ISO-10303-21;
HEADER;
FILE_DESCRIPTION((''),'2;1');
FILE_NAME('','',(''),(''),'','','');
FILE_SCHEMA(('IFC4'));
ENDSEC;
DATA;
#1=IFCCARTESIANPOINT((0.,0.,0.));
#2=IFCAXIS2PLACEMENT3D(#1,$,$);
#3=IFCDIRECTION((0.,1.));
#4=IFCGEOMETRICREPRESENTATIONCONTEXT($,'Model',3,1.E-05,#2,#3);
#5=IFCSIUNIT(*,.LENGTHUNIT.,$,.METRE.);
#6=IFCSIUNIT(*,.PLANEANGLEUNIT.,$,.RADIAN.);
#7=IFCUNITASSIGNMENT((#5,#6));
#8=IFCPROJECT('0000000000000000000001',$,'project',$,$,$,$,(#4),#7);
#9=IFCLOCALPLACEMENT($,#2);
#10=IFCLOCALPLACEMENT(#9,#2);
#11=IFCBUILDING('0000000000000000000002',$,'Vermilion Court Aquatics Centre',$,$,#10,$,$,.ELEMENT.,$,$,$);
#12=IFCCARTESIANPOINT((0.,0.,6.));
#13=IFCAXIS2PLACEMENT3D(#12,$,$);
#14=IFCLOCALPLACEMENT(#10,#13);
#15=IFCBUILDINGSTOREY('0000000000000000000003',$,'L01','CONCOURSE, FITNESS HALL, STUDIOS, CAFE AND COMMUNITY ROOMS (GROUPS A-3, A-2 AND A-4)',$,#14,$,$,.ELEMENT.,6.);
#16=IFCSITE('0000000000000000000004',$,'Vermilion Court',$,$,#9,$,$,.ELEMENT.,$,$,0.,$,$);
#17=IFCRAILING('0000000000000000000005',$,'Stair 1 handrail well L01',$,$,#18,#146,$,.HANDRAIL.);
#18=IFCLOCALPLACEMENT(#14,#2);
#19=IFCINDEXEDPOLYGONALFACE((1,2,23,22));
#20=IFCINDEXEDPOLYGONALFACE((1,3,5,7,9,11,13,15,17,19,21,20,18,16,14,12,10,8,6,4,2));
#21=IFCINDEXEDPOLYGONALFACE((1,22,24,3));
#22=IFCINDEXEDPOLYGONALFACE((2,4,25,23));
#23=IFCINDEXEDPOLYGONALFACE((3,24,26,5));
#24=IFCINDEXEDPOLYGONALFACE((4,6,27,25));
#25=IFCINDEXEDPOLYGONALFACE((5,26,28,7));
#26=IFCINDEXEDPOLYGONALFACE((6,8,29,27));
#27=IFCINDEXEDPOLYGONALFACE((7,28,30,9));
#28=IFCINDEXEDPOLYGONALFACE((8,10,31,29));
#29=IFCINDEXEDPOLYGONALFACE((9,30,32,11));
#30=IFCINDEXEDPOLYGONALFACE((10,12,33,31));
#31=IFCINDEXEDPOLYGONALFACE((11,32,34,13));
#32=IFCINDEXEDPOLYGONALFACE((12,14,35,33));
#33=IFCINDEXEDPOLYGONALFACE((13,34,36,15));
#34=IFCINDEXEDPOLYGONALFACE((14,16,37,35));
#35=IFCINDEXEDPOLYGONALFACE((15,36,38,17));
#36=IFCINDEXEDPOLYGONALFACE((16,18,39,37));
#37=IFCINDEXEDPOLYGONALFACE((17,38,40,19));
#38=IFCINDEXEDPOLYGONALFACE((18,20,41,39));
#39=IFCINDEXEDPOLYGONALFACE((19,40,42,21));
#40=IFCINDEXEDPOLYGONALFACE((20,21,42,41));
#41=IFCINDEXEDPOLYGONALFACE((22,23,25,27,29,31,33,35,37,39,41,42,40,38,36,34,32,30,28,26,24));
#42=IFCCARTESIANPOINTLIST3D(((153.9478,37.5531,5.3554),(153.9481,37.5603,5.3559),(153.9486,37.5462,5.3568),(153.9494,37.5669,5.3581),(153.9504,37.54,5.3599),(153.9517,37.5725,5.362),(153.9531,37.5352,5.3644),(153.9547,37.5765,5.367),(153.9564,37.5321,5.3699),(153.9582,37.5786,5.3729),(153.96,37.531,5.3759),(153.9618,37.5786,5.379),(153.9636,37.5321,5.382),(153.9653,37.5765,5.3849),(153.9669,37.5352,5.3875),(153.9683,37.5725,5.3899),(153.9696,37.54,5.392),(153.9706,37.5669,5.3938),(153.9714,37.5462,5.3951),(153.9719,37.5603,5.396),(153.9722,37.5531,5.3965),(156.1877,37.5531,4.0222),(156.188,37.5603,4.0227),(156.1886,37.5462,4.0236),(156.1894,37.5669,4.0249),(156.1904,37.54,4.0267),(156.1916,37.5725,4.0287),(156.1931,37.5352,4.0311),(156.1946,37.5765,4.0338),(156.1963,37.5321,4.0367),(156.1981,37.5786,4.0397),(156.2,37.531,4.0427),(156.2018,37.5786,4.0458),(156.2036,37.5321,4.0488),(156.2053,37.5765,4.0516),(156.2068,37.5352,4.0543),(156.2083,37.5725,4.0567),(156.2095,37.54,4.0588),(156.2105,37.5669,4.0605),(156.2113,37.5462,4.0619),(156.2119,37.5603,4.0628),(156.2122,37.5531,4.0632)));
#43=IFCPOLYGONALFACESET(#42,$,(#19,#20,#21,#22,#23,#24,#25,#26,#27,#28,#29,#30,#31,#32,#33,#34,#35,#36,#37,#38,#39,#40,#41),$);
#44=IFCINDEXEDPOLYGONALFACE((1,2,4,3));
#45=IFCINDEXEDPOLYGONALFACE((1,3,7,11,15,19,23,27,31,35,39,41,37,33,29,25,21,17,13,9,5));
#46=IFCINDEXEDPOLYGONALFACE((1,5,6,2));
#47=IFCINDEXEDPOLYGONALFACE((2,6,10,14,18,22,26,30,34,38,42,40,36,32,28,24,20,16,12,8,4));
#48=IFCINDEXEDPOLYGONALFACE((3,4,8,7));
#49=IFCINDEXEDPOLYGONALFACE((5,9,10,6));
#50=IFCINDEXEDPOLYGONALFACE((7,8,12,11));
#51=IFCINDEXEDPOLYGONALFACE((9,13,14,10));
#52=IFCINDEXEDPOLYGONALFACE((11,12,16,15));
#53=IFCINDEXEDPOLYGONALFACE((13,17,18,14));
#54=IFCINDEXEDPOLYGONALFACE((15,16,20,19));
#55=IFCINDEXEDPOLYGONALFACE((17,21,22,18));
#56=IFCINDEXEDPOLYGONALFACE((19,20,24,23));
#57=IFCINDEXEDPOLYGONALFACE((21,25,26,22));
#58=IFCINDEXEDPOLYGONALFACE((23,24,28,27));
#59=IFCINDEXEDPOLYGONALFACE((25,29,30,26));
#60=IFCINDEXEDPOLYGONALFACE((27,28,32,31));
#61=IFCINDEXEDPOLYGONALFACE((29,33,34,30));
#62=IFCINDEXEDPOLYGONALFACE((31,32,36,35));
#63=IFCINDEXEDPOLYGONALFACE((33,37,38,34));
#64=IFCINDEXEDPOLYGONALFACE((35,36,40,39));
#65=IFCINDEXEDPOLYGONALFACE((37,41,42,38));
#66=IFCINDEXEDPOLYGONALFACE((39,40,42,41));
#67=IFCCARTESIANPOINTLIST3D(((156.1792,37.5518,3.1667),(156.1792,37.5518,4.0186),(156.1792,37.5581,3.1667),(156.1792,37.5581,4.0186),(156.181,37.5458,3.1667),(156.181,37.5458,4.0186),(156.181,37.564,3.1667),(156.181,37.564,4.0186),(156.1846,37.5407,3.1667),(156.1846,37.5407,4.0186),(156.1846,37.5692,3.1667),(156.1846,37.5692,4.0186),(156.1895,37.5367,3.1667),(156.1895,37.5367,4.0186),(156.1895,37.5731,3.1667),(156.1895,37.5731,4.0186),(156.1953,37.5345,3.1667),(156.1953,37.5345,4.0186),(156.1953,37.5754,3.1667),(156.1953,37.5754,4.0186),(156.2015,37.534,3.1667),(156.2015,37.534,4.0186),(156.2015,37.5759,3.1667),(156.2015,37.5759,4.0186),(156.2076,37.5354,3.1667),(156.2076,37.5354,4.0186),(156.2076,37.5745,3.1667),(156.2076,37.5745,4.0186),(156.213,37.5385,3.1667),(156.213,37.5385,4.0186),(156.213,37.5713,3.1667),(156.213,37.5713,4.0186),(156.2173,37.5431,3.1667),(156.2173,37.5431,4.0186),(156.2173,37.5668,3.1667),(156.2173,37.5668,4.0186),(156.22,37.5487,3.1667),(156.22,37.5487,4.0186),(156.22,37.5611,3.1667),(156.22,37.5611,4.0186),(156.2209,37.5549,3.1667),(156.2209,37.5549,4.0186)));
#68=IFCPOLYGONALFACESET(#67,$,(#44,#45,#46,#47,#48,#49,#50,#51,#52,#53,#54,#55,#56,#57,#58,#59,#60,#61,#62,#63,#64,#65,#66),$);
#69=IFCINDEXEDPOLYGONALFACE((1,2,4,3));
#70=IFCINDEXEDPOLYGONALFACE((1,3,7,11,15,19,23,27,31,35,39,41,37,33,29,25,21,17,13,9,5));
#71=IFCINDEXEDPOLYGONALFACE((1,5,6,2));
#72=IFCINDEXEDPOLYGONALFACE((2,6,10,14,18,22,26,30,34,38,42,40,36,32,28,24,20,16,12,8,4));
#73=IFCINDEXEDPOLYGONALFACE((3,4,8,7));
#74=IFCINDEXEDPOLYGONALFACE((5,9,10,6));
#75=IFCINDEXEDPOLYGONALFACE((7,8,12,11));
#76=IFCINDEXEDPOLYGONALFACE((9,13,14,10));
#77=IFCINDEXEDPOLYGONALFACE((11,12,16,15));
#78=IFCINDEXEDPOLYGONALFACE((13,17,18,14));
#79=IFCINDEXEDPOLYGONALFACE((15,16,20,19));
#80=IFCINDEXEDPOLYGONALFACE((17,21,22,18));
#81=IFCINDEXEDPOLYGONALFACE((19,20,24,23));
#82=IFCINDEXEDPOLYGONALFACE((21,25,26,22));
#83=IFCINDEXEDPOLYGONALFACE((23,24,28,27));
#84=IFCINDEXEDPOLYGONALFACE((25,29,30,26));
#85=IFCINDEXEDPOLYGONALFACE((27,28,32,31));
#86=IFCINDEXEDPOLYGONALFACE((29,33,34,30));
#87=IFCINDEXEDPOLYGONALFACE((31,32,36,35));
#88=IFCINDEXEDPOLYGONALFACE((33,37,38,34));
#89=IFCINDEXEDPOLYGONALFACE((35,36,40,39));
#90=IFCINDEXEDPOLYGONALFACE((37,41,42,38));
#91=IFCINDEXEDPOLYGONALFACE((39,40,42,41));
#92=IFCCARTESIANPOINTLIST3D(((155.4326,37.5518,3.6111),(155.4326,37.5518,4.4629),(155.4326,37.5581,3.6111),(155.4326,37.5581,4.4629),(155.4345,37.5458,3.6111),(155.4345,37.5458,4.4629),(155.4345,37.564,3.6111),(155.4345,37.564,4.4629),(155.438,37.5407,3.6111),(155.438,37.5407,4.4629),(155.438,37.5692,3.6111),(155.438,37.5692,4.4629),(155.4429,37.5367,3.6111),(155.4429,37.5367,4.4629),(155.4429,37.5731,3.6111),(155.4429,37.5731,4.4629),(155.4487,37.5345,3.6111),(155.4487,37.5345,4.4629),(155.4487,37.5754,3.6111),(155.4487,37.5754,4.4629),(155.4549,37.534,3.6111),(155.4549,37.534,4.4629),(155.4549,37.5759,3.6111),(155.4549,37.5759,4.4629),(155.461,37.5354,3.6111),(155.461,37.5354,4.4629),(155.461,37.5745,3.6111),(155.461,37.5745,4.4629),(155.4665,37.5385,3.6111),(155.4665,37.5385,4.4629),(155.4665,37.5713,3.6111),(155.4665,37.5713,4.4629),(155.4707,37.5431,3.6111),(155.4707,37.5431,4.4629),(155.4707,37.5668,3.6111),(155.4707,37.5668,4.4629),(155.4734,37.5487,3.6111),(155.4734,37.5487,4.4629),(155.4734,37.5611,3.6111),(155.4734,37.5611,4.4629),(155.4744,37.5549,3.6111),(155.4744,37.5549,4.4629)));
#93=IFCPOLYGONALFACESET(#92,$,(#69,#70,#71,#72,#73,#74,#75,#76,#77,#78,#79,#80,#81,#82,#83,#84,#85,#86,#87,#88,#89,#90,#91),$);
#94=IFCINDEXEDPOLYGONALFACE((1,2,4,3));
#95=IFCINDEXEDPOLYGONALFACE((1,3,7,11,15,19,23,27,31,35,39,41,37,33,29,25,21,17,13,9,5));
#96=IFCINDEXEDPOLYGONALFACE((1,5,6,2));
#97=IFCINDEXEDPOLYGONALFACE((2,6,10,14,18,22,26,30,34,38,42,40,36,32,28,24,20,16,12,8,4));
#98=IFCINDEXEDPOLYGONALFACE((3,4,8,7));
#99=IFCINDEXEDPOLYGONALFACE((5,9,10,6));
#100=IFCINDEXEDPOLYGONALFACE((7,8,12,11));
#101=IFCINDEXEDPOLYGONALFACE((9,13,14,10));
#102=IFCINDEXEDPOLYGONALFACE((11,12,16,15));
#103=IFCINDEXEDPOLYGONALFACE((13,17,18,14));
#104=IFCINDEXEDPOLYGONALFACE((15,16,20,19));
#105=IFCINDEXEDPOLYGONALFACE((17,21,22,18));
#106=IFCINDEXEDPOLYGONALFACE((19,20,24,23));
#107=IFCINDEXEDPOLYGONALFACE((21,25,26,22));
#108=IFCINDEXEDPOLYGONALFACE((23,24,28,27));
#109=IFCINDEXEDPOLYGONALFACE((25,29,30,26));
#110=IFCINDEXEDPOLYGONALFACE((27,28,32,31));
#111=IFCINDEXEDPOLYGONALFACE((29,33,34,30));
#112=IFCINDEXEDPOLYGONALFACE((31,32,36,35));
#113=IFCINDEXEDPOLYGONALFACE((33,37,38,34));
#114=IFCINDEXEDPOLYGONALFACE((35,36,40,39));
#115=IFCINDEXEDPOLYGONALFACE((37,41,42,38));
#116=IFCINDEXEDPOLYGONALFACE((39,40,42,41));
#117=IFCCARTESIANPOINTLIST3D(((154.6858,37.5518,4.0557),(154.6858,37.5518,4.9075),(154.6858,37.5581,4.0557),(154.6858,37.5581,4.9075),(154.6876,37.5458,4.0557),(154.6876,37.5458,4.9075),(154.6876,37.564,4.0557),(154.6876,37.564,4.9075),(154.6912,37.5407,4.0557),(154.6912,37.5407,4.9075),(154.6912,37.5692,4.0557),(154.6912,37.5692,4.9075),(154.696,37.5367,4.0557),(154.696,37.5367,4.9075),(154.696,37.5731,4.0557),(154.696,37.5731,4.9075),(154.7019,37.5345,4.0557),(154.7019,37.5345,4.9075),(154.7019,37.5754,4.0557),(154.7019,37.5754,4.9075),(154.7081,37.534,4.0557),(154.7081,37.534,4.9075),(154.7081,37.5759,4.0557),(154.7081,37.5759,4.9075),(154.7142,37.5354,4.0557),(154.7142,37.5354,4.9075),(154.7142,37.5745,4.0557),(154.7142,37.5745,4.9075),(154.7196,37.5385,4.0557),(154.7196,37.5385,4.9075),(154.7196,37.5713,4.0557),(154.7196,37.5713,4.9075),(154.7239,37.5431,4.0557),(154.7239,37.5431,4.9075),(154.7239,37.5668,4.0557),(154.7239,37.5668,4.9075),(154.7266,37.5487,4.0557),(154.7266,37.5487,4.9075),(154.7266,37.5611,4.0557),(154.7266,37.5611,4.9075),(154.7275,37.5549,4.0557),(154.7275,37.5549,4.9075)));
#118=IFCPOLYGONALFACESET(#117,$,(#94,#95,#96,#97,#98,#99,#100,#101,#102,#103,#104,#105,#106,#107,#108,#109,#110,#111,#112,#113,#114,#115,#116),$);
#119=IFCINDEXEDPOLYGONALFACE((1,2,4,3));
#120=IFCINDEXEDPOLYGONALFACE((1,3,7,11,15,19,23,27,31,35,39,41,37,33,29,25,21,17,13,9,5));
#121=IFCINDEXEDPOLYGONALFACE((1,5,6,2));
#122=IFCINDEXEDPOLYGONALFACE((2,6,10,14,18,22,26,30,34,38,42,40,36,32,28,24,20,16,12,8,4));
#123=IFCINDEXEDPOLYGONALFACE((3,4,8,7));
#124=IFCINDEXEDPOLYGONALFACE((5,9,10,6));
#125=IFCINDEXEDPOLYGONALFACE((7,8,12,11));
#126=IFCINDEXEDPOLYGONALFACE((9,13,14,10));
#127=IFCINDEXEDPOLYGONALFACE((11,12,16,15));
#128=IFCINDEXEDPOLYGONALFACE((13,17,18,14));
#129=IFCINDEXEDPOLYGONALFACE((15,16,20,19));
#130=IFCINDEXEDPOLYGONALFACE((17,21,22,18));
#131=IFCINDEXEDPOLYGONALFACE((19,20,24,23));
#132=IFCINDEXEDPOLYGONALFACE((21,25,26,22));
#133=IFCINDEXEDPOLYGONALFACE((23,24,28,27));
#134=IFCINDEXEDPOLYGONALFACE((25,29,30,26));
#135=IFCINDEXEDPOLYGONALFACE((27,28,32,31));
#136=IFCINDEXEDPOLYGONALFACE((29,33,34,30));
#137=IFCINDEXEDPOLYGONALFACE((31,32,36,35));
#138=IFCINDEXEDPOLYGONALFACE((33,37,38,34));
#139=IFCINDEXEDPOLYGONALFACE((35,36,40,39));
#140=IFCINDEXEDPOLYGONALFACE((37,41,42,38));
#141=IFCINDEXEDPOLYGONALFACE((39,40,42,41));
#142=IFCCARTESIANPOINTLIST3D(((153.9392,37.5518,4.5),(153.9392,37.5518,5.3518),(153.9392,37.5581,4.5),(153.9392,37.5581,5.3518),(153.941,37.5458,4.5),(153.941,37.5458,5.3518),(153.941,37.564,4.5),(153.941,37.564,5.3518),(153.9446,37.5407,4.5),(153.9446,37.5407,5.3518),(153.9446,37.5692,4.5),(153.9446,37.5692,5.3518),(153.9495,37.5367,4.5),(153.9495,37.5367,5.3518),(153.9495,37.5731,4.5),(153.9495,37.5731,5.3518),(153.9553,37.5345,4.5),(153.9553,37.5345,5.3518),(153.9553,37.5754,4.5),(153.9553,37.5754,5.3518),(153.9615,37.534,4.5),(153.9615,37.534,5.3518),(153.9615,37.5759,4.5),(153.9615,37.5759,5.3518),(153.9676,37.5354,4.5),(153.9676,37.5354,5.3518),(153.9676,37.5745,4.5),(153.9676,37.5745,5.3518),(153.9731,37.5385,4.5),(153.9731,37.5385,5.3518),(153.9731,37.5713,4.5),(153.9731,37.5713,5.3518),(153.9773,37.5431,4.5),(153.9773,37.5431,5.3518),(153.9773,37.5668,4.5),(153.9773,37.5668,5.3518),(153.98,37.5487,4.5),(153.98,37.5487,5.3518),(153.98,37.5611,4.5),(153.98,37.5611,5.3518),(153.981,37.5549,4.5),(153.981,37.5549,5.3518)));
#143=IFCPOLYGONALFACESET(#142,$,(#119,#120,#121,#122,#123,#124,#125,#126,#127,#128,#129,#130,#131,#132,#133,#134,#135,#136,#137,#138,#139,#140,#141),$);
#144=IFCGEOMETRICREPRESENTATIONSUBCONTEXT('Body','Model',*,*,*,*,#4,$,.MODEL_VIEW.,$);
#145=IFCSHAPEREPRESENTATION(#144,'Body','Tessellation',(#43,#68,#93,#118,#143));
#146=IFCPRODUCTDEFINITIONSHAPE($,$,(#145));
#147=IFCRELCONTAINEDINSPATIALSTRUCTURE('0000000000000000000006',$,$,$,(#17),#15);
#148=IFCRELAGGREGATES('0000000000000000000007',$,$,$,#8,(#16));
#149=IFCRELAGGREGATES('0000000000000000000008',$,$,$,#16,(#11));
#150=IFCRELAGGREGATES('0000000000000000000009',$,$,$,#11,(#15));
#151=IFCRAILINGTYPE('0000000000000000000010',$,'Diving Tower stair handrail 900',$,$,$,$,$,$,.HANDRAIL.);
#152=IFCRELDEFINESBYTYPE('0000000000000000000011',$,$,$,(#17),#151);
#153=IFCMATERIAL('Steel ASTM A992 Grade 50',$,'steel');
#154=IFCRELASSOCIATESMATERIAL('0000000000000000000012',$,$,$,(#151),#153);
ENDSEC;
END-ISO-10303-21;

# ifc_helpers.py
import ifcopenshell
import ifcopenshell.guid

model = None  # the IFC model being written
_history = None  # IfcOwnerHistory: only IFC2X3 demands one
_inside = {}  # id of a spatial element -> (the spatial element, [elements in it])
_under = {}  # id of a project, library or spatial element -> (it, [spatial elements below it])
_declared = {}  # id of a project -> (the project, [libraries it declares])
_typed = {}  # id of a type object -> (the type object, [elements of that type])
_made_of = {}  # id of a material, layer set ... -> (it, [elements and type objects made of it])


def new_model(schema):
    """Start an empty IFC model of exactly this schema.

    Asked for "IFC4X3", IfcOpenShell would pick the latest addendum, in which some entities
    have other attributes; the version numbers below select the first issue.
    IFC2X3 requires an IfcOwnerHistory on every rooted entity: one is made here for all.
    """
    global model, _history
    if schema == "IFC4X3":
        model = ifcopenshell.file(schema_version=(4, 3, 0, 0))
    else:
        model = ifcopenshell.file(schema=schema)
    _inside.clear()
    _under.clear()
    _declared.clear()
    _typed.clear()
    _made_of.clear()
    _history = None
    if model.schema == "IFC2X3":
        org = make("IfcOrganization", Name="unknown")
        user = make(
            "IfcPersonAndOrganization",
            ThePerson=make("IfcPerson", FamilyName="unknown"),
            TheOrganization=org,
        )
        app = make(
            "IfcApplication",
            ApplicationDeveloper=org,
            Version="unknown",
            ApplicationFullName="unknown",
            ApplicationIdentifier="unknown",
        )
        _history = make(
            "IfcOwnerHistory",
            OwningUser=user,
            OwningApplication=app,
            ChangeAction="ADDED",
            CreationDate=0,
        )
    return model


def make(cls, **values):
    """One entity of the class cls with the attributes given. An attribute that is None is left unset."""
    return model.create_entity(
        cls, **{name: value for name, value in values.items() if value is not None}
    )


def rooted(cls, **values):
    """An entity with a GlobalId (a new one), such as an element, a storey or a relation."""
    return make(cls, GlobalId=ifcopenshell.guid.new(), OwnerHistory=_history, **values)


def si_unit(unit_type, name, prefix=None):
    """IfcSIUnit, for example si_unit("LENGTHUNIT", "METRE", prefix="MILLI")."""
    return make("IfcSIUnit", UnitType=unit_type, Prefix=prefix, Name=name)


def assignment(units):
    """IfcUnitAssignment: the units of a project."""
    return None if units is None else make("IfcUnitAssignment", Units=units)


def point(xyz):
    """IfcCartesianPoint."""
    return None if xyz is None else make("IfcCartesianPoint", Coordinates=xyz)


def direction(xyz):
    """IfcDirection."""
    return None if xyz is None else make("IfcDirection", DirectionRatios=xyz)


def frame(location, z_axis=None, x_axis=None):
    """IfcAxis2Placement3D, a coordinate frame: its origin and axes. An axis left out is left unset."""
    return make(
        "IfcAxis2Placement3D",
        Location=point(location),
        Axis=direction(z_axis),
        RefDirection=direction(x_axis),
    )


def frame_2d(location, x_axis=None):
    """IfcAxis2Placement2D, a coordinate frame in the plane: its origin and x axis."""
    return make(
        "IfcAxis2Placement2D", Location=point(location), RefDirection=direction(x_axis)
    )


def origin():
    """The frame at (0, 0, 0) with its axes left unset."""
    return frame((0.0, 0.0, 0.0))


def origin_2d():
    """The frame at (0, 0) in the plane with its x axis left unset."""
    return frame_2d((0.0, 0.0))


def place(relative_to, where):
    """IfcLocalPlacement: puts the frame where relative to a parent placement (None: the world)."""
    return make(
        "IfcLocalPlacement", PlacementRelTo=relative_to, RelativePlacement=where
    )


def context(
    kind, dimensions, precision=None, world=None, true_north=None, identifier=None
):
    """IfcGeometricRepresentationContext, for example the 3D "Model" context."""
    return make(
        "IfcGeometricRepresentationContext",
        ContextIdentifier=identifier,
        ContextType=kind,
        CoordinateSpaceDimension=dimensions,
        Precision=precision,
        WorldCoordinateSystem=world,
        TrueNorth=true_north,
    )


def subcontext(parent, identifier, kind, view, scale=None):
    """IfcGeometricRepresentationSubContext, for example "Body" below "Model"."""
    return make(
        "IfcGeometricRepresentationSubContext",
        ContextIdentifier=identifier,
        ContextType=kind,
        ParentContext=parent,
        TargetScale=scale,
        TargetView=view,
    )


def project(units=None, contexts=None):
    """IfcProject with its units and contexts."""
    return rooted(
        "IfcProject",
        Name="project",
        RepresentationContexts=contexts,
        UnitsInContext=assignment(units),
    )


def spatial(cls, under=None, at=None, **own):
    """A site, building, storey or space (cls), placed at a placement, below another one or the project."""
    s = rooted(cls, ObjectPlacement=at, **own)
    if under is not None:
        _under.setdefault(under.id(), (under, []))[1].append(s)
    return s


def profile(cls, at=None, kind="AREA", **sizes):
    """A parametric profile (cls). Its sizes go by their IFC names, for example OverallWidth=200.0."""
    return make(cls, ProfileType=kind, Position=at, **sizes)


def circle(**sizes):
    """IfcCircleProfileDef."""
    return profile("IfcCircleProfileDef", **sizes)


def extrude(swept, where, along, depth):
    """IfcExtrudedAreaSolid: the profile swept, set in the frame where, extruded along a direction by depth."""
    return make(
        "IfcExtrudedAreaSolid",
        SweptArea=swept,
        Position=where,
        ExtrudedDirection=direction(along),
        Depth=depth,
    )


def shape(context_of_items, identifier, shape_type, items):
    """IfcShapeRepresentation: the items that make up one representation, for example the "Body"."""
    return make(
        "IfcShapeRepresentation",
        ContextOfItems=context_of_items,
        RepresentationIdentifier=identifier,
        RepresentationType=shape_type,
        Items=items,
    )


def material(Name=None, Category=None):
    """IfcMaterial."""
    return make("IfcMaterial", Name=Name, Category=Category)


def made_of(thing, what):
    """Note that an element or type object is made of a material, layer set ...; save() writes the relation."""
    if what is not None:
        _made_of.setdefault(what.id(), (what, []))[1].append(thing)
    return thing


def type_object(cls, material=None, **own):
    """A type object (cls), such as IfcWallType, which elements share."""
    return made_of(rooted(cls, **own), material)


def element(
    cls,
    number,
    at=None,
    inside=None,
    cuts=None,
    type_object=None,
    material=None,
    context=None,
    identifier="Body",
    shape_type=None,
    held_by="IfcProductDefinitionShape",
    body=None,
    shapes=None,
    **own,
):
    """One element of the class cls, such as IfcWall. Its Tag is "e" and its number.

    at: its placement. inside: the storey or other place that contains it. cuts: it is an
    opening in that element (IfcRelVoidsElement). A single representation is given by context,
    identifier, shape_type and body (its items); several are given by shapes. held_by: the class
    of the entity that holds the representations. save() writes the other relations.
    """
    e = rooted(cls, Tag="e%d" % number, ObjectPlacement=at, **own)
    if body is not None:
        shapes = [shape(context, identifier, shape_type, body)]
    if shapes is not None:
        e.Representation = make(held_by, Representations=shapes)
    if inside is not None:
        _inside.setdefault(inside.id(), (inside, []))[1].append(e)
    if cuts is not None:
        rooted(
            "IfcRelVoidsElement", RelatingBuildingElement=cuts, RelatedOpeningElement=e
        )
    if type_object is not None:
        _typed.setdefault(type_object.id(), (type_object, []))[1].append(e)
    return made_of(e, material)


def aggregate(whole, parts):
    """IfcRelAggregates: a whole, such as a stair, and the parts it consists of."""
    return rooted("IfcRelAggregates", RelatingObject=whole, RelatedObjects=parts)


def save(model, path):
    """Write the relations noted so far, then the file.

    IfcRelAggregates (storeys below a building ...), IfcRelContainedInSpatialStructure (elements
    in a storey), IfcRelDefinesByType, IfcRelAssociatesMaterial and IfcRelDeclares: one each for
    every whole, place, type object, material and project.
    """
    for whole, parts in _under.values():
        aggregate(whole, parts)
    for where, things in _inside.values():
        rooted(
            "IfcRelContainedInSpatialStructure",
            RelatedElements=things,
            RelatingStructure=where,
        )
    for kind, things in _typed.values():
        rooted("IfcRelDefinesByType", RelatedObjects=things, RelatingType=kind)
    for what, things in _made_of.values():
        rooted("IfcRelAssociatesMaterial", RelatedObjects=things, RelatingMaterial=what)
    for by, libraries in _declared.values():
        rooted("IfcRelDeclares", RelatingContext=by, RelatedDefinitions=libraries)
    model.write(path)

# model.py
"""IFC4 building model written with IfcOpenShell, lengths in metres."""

from ifc_helpers import new_model, si_unit, direction, frame, origin, origin_2d, place, context, subcontext, project, spatial, circle, extrude, material, type_object, element, save


model = new_model("IFC4")

# Units and contexts
model_context = context("Model", 3, precision=1e-05, world=origin(), true_north=direction((0.0, 1.0)))
body_context = subcontext(model_context, "Body", "Model", "MODEL_VIEW")
ifc_project = project(units=[si_unit("LENGTHUNIT", "METRE"), si_unit("PLANEANGLEUNIT", "RADIAN")], contexts=[model_context])

# Site, building, storey
site_placement = place(None, origin())
site = spatial("IfcSite", under=ifc_project, at=site_placement, Name="Vermilion Court", CompositionType="ELEMENT", RefElevation=0.0)
building_placement = place(site_placement, origin())
building = spatial("IfcBuilding", under=site, at=building_placement, Name="Vermilion Court Aquatics Centre", CompositionType="ELEMENT")
storey_placement = place(building_placement, frame((0.0, 0.0, 6.0)))
storey = spatial("IfcBuildingStorey", under=building, at=storey_placement, Name="L01", Description="CONCOURSE, FITNESS HALL, STUDIOS, CAFE AND COMMUNITY ROOMS (GROUPS A-3, A-2 AND A-4)", CompositionType="ELEMENT", Elevation=6.0)

# Railing
ifc_material_1 = material(Name="Steel ASTM A992 Grade 50", Category="steel")
railing_type_1 = type_object("IfcRailingType", Name="Diving Tower stair handrail 900", PredefinedType="HANDRAIL", material=ifc_material_1)
for number, where, name in (
    (1, (156.2, 37.5549, 3.1667), "Stair 1 handrail well L01"),
):
    element("IfcRailing", number, at=place(storey_placement, frame(where)), inside=storey, type_object=railing_type_1, Name=name, PredefinedType="HANDRAIL", context=body_context, shape_type="SweptSolid", body=[
        extrude(circle(Radius=0.0239, at=origin_2d()), frame((0.0, 0.0, 0.876), z_axis=(-0.859306, 0.0, 0.511462), x_axis=(0.0, -1.0, 0.0)), (0.0, 0.0, 1.0), 2.6067),
        extrude(circle(Radius=0.021, at=origin_2d()), origin(), (0.0, 0.0, 1.0), 0.8518),
        extrude(circle(Radius=0.021, at=origin_2d()), frame((-0.7466, 0.0, 0.4443)), (0.0, 0.0, 1.0), 0.8518),
        extrude(circle(Radius=0.021, at=origin_2d()), frame((-1.4934, 0.0, 0.8889)), (0.0, 0.0, 1.0), 0.8518),
        extrude(circle(Radius=0.021, at=origin_2d()), frame((-2.24, 0.0, 1.3333)), (0.0, 0.0, 1.0), 0.8518),
    ])

save(model, "model.ifc")
